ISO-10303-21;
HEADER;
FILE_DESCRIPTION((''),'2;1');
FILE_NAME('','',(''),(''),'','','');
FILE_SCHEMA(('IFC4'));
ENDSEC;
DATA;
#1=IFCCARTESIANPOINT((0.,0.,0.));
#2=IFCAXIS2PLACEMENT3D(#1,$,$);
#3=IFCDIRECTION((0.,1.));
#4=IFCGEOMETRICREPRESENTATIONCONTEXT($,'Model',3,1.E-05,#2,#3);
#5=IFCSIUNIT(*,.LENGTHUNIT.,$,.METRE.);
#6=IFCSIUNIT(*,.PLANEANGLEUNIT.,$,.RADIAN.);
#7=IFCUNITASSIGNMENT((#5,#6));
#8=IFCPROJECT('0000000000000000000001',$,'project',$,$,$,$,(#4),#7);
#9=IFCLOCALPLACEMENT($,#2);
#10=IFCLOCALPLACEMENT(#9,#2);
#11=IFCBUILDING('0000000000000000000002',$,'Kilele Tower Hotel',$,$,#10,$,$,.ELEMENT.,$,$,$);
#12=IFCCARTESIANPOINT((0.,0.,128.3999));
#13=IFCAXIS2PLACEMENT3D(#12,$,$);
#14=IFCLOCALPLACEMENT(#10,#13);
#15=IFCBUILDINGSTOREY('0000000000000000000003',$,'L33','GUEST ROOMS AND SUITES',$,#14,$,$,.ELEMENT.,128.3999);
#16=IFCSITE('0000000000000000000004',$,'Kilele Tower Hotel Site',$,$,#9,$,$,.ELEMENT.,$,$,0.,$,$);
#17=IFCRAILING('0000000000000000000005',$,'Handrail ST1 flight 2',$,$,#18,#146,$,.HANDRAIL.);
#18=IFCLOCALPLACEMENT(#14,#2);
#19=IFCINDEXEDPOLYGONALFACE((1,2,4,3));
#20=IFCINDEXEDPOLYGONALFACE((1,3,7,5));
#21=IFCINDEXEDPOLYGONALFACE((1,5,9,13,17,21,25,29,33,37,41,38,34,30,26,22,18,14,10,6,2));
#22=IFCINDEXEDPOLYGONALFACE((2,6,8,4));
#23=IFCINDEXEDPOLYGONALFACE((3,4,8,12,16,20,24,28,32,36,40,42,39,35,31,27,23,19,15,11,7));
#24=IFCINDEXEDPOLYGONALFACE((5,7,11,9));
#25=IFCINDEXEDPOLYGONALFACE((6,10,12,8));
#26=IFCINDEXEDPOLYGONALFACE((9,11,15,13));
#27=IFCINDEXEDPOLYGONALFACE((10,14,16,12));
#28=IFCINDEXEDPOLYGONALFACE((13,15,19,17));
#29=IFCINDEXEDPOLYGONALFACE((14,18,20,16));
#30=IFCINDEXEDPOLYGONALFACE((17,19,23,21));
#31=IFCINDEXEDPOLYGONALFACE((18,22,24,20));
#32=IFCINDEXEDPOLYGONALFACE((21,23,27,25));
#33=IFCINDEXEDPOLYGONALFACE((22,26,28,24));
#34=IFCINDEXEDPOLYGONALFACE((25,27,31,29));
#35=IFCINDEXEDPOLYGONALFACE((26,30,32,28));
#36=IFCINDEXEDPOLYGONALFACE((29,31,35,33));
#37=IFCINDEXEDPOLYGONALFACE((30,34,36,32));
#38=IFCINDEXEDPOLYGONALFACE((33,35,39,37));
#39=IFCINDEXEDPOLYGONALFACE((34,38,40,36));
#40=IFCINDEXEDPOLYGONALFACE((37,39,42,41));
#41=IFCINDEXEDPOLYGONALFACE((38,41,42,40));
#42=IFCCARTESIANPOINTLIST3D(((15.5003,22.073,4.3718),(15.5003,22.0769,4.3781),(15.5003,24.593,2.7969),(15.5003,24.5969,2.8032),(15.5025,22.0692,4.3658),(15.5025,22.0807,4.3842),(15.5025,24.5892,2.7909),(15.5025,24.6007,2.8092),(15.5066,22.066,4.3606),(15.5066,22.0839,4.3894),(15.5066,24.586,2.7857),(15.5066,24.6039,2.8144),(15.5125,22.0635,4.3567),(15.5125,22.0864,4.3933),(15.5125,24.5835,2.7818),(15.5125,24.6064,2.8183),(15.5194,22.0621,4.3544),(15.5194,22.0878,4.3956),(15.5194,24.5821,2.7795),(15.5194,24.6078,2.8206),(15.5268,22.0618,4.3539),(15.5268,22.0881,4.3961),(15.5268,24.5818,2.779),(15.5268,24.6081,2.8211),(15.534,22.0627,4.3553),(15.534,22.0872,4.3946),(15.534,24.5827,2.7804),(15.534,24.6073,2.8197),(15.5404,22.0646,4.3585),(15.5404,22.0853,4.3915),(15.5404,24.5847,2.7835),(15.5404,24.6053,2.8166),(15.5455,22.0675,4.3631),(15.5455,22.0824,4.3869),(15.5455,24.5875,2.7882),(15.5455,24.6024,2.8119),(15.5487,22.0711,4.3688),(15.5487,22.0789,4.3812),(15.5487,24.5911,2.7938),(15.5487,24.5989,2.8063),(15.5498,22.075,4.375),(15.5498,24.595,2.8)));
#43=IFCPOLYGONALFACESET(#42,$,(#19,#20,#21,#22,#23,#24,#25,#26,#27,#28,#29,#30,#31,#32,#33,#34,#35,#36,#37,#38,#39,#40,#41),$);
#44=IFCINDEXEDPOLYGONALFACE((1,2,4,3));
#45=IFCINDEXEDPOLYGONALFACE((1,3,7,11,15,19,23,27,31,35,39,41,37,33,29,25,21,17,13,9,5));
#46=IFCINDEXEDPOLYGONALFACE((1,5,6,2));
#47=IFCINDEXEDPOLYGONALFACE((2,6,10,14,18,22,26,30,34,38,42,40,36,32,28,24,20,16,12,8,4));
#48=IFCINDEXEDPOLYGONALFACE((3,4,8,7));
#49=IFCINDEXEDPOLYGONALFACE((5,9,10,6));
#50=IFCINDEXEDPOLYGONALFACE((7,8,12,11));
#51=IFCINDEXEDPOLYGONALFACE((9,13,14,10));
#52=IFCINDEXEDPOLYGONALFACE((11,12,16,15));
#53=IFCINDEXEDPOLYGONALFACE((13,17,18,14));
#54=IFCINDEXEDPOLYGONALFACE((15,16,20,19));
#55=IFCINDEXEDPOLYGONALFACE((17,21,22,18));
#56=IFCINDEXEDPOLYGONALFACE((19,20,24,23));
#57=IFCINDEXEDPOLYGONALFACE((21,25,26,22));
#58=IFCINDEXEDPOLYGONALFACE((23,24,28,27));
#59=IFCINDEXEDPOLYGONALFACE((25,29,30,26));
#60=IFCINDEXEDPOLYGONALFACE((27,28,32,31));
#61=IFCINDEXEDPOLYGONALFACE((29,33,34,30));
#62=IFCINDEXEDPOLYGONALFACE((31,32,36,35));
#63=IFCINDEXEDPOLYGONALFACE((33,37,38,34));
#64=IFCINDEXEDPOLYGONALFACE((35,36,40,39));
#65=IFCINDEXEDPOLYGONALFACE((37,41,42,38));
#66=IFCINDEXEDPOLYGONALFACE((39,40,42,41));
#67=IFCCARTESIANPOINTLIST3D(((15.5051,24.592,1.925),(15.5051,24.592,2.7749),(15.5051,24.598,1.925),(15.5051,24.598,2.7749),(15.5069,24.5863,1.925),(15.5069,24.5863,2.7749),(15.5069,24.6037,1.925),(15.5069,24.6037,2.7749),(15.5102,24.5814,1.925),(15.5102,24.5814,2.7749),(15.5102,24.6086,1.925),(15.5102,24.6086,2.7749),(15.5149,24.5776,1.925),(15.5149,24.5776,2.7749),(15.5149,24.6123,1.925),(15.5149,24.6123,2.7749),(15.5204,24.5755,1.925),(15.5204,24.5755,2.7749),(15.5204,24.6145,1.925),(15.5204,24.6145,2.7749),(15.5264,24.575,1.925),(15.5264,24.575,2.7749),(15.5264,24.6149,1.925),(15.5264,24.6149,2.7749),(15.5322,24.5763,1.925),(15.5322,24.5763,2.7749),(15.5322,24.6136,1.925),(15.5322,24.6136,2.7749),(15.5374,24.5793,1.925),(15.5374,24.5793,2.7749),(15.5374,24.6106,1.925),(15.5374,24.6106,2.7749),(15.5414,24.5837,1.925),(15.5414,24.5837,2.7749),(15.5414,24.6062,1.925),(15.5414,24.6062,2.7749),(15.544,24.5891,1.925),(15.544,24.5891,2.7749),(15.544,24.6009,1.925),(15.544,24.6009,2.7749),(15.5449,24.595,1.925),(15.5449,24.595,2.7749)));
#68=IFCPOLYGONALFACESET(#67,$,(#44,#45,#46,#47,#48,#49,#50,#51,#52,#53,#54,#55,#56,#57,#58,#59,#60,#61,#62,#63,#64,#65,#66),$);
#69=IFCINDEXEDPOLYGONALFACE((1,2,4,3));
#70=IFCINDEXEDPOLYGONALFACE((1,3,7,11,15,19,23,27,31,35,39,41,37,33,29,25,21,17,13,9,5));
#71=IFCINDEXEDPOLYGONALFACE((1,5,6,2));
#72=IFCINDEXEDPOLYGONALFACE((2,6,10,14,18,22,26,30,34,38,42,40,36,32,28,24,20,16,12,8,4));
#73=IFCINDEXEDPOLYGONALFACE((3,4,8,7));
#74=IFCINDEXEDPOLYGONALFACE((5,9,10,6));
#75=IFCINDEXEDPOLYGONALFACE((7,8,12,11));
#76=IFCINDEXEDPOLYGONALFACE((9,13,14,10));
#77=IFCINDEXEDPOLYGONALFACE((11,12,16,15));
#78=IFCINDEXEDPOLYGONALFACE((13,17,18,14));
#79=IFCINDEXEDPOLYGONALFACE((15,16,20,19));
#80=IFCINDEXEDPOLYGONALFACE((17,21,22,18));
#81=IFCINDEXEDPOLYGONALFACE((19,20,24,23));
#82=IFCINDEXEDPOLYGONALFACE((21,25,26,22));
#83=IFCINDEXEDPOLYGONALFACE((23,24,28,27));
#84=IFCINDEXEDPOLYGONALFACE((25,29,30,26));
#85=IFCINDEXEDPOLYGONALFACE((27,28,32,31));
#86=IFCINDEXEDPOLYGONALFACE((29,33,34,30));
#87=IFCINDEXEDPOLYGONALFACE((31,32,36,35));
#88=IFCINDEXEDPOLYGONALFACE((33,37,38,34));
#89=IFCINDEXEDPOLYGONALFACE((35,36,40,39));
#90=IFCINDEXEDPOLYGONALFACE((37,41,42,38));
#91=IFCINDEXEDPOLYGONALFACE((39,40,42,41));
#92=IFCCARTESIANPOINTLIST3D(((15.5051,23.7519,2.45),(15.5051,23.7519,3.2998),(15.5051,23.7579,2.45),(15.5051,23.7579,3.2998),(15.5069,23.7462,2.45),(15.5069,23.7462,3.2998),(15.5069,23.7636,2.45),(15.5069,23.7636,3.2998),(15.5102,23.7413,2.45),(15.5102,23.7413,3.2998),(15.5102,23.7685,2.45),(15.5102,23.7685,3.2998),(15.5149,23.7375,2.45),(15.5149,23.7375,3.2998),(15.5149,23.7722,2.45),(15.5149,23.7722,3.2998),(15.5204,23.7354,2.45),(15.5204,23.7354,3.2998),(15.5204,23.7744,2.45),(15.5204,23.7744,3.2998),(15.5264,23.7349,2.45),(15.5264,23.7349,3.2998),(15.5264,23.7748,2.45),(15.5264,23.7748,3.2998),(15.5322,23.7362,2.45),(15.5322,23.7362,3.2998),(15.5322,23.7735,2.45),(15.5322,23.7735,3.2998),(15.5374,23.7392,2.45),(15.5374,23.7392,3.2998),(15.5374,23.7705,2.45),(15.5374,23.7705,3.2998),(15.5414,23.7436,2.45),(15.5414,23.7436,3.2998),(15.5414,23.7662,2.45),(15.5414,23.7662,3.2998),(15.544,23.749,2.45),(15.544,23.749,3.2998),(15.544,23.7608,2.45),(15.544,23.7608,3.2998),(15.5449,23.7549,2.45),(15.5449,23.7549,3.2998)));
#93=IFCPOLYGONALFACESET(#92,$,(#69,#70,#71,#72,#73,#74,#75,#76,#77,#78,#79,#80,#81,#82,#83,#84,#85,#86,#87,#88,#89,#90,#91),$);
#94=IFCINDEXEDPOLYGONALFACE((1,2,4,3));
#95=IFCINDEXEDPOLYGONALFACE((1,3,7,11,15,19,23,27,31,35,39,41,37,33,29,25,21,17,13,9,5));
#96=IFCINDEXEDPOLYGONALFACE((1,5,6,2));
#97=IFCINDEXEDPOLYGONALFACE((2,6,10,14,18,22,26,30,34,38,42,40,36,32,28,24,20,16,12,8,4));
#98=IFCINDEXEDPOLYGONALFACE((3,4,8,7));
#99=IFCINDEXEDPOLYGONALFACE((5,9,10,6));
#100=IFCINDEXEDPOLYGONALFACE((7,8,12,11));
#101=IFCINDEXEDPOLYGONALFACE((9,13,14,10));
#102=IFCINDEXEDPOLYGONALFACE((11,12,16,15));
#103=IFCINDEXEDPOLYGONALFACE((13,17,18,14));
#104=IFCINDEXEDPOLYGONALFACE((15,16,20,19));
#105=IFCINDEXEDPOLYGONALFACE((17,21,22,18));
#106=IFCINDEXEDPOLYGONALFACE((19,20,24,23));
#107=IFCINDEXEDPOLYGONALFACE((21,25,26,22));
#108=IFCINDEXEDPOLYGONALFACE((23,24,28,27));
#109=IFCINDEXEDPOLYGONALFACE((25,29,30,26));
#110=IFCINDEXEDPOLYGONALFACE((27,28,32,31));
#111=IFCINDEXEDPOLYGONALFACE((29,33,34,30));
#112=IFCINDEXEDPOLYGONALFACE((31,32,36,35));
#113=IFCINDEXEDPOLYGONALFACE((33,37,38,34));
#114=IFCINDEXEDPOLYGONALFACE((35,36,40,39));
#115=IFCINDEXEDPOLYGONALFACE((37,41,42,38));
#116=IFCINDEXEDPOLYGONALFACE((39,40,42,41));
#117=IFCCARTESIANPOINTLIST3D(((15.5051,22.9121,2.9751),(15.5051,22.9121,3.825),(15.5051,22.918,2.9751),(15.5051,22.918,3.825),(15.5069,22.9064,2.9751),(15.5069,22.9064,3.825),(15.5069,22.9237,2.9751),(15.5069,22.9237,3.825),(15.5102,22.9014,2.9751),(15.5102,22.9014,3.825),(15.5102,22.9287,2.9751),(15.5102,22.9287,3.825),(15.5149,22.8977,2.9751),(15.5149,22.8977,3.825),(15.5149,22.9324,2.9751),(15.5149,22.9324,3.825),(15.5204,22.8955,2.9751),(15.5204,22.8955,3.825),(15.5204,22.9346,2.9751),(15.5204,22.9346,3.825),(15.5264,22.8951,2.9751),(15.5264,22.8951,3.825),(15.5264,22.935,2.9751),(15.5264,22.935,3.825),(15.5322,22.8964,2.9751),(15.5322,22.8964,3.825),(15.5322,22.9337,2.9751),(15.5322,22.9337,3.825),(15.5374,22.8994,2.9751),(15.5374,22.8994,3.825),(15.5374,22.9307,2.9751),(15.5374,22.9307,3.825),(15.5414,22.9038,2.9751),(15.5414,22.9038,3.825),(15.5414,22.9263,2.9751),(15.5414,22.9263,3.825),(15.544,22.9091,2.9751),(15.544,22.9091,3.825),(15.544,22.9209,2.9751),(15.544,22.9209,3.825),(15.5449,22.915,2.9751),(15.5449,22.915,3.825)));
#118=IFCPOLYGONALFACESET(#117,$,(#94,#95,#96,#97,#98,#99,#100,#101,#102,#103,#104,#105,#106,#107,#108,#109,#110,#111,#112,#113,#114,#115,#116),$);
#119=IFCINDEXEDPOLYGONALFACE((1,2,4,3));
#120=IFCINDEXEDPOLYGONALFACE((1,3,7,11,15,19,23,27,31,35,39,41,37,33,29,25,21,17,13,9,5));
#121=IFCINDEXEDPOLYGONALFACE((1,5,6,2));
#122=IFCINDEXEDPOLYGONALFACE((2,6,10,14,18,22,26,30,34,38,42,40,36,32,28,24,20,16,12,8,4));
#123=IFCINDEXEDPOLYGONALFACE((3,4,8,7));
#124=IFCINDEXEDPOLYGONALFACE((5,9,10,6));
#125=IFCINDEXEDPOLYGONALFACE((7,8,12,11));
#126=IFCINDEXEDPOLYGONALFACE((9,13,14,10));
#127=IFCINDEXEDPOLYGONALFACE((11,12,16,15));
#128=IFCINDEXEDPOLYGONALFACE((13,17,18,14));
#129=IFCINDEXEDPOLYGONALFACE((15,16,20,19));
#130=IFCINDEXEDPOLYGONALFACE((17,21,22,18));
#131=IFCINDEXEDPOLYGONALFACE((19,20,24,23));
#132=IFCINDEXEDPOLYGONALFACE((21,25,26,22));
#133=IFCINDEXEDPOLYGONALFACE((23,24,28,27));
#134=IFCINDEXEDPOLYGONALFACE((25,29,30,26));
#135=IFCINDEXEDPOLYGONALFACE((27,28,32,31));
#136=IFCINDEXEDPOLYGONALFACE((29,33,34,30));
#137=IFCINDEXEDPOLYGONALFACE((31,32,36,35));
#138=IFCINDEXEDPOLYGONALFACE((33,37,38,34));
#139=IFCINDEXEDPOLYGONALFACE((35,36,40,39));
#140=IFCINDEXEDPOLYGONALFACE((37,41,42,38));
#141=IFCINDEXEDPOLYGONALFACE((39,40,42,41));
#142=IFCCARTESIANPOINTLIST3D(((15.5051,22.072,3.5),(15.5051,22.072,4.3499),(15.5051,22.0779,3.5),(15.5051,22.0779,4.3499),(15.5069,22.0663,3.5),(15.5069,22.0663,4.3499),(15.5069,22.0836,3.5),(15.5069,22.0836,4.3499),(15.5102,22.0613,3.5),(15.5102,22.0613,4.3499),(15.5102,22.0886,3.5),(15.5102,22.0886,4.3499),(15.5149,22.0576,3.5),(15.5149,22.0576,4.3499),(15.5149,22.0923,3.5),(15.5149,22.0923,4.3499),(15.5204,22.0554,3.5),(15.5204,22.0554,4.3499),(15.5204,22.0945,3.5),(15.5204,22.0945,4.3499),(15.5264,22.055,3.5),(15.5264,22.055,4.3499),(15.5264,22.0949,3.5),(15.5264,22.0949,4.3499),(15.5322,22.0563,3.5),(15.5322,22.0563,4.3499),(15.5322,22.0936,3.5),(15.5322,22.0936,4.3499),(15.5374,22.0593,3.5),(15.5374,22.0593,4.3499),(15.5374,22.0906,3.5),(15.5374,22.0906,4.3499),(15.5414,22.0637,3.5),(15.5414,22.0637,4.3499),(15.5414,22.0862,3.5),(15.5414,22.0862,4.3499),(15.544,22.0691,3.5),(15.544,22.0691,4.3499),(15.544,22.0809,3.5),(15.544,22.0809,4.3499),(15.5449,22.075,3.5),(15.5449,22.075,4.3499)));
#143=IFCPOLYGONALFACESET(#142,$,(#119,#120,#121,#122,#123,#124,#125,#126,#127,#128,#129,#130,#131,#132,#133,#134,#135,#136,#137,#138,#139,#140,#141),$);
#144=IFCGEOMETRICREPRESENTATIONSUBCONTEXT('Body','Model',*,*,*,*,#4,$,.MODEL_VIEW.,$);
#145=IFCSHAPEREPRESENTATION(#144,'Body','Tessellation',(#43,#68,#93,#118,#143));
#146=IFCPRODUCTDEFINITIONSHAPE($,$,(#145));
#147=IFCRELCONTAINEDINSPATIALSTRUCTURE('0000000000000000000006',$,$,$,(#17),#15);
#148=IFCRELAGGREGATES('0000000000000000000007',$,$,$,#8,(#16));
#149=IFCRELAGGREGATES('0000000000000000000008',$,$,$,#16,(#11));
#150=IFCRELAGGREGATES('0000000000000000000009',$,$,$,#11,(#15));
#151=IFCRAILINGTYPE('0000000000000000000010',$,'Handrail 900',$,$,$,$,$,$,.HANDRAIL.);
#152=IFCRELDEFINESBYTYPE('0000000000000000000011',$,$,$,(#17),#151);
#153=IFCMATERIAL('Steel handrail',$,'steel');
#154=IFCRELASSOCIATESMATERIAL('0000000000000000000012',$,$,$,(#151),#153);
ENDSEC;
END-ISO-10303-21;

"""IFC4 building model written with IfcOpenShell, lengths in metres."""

from ifc_helpers import new_model, si_unit, direction, frame, origin, origin_2d, place, context, subcontext, project, spatial, circle, extrude, material, type_object, element, save


model = new_model("IFC4")

# Units and contexts
model_context = context("Model", 3, precision=1e-05, world=origin(), true_north=direction((0.0, 1.0)))
body_context = subcontext(model_context, "Body", "Model", "MODEL_VIEW")
ifc_project = project(units=[si_unit("LENGTHUNIT", "METRE"), si_unit("PLANEANGLEUNIT", "RADIAN")], contexts=[model_context])

# Site, building, storey
site_placement = place(None, origin())
site = spatial("IfcSite", under=ifc_project, at=site_placement, Name="Kilele Tower Hotel Site", CompositionType="ELEMENT", RefElevation=0.0)
building_placement = place(site_placement, origin())
building = spatial("IfcBuilding", under=site, at=building_placement, Name="Kilele Tower Hotel", CompositionType="ELEMENT")
storey_placement = place(building_placement, frame((0.0, 0.0, 128.3999)))
storey = spatial("IfcBuildingStorey", under=building, at=storey_placement, Name="L33", Description="GUEST ROOMS AND SUITES", CompositionType="ELEMENT", Elevation=128.3999)

# Railing
ifc_material_1 = material(Name="Steel handrail", Category="steel")
railing_type_1 = type_object("IfcRailingType", Name="Handrail 900", PredefinedType="HANDRAIL", material=ifc_material_1)
for number, where, name in (
    (1, (15.5249, 24.595, 1.925), "Handrail ST1 flight 2"),
):
    element("IfcRailing", number, at=place(storey_placement, frame(where)), inside=storey, type_object=railing_type_1, Name=name, PredefinedType="HANDRAIL", context=body_context, shape_type="SweptSolid", body=[
        extrude(circle(Radius=0.0249, at=origin_2d()), frame((0.0, 0.0, 0.875), z_axis=(0.0, -0.848008, 0.529984), x_axis=(1.0, 0.0, 0.0)), (0.0, 0.0, 1.0), 2.9717),
        extrude(circle(Radius=0.02, at=origin_2d()), origin(), (0.0, 0.0, 1.0), 0.8499),
        extrude(circle(Radius=0.02, at=origin_2d()), frame((0.0, -0.8401, 0.5249)), (0.0, 0.0, 1.0), 0.8499),
        extrude(circle(Radius=0.02, at=origin_2d()), frame((0.0, -1.6799, 1.05)), (0.0, 0.0, 1.0), 0.8499),
        extrude(circle(Radius=0.02, at=origin_2d()), frame((0.0, -2.52, 1.575)), (0.0, 0.0, 1.0), 0.8499),
    ])

save(model, "model.ifc")
